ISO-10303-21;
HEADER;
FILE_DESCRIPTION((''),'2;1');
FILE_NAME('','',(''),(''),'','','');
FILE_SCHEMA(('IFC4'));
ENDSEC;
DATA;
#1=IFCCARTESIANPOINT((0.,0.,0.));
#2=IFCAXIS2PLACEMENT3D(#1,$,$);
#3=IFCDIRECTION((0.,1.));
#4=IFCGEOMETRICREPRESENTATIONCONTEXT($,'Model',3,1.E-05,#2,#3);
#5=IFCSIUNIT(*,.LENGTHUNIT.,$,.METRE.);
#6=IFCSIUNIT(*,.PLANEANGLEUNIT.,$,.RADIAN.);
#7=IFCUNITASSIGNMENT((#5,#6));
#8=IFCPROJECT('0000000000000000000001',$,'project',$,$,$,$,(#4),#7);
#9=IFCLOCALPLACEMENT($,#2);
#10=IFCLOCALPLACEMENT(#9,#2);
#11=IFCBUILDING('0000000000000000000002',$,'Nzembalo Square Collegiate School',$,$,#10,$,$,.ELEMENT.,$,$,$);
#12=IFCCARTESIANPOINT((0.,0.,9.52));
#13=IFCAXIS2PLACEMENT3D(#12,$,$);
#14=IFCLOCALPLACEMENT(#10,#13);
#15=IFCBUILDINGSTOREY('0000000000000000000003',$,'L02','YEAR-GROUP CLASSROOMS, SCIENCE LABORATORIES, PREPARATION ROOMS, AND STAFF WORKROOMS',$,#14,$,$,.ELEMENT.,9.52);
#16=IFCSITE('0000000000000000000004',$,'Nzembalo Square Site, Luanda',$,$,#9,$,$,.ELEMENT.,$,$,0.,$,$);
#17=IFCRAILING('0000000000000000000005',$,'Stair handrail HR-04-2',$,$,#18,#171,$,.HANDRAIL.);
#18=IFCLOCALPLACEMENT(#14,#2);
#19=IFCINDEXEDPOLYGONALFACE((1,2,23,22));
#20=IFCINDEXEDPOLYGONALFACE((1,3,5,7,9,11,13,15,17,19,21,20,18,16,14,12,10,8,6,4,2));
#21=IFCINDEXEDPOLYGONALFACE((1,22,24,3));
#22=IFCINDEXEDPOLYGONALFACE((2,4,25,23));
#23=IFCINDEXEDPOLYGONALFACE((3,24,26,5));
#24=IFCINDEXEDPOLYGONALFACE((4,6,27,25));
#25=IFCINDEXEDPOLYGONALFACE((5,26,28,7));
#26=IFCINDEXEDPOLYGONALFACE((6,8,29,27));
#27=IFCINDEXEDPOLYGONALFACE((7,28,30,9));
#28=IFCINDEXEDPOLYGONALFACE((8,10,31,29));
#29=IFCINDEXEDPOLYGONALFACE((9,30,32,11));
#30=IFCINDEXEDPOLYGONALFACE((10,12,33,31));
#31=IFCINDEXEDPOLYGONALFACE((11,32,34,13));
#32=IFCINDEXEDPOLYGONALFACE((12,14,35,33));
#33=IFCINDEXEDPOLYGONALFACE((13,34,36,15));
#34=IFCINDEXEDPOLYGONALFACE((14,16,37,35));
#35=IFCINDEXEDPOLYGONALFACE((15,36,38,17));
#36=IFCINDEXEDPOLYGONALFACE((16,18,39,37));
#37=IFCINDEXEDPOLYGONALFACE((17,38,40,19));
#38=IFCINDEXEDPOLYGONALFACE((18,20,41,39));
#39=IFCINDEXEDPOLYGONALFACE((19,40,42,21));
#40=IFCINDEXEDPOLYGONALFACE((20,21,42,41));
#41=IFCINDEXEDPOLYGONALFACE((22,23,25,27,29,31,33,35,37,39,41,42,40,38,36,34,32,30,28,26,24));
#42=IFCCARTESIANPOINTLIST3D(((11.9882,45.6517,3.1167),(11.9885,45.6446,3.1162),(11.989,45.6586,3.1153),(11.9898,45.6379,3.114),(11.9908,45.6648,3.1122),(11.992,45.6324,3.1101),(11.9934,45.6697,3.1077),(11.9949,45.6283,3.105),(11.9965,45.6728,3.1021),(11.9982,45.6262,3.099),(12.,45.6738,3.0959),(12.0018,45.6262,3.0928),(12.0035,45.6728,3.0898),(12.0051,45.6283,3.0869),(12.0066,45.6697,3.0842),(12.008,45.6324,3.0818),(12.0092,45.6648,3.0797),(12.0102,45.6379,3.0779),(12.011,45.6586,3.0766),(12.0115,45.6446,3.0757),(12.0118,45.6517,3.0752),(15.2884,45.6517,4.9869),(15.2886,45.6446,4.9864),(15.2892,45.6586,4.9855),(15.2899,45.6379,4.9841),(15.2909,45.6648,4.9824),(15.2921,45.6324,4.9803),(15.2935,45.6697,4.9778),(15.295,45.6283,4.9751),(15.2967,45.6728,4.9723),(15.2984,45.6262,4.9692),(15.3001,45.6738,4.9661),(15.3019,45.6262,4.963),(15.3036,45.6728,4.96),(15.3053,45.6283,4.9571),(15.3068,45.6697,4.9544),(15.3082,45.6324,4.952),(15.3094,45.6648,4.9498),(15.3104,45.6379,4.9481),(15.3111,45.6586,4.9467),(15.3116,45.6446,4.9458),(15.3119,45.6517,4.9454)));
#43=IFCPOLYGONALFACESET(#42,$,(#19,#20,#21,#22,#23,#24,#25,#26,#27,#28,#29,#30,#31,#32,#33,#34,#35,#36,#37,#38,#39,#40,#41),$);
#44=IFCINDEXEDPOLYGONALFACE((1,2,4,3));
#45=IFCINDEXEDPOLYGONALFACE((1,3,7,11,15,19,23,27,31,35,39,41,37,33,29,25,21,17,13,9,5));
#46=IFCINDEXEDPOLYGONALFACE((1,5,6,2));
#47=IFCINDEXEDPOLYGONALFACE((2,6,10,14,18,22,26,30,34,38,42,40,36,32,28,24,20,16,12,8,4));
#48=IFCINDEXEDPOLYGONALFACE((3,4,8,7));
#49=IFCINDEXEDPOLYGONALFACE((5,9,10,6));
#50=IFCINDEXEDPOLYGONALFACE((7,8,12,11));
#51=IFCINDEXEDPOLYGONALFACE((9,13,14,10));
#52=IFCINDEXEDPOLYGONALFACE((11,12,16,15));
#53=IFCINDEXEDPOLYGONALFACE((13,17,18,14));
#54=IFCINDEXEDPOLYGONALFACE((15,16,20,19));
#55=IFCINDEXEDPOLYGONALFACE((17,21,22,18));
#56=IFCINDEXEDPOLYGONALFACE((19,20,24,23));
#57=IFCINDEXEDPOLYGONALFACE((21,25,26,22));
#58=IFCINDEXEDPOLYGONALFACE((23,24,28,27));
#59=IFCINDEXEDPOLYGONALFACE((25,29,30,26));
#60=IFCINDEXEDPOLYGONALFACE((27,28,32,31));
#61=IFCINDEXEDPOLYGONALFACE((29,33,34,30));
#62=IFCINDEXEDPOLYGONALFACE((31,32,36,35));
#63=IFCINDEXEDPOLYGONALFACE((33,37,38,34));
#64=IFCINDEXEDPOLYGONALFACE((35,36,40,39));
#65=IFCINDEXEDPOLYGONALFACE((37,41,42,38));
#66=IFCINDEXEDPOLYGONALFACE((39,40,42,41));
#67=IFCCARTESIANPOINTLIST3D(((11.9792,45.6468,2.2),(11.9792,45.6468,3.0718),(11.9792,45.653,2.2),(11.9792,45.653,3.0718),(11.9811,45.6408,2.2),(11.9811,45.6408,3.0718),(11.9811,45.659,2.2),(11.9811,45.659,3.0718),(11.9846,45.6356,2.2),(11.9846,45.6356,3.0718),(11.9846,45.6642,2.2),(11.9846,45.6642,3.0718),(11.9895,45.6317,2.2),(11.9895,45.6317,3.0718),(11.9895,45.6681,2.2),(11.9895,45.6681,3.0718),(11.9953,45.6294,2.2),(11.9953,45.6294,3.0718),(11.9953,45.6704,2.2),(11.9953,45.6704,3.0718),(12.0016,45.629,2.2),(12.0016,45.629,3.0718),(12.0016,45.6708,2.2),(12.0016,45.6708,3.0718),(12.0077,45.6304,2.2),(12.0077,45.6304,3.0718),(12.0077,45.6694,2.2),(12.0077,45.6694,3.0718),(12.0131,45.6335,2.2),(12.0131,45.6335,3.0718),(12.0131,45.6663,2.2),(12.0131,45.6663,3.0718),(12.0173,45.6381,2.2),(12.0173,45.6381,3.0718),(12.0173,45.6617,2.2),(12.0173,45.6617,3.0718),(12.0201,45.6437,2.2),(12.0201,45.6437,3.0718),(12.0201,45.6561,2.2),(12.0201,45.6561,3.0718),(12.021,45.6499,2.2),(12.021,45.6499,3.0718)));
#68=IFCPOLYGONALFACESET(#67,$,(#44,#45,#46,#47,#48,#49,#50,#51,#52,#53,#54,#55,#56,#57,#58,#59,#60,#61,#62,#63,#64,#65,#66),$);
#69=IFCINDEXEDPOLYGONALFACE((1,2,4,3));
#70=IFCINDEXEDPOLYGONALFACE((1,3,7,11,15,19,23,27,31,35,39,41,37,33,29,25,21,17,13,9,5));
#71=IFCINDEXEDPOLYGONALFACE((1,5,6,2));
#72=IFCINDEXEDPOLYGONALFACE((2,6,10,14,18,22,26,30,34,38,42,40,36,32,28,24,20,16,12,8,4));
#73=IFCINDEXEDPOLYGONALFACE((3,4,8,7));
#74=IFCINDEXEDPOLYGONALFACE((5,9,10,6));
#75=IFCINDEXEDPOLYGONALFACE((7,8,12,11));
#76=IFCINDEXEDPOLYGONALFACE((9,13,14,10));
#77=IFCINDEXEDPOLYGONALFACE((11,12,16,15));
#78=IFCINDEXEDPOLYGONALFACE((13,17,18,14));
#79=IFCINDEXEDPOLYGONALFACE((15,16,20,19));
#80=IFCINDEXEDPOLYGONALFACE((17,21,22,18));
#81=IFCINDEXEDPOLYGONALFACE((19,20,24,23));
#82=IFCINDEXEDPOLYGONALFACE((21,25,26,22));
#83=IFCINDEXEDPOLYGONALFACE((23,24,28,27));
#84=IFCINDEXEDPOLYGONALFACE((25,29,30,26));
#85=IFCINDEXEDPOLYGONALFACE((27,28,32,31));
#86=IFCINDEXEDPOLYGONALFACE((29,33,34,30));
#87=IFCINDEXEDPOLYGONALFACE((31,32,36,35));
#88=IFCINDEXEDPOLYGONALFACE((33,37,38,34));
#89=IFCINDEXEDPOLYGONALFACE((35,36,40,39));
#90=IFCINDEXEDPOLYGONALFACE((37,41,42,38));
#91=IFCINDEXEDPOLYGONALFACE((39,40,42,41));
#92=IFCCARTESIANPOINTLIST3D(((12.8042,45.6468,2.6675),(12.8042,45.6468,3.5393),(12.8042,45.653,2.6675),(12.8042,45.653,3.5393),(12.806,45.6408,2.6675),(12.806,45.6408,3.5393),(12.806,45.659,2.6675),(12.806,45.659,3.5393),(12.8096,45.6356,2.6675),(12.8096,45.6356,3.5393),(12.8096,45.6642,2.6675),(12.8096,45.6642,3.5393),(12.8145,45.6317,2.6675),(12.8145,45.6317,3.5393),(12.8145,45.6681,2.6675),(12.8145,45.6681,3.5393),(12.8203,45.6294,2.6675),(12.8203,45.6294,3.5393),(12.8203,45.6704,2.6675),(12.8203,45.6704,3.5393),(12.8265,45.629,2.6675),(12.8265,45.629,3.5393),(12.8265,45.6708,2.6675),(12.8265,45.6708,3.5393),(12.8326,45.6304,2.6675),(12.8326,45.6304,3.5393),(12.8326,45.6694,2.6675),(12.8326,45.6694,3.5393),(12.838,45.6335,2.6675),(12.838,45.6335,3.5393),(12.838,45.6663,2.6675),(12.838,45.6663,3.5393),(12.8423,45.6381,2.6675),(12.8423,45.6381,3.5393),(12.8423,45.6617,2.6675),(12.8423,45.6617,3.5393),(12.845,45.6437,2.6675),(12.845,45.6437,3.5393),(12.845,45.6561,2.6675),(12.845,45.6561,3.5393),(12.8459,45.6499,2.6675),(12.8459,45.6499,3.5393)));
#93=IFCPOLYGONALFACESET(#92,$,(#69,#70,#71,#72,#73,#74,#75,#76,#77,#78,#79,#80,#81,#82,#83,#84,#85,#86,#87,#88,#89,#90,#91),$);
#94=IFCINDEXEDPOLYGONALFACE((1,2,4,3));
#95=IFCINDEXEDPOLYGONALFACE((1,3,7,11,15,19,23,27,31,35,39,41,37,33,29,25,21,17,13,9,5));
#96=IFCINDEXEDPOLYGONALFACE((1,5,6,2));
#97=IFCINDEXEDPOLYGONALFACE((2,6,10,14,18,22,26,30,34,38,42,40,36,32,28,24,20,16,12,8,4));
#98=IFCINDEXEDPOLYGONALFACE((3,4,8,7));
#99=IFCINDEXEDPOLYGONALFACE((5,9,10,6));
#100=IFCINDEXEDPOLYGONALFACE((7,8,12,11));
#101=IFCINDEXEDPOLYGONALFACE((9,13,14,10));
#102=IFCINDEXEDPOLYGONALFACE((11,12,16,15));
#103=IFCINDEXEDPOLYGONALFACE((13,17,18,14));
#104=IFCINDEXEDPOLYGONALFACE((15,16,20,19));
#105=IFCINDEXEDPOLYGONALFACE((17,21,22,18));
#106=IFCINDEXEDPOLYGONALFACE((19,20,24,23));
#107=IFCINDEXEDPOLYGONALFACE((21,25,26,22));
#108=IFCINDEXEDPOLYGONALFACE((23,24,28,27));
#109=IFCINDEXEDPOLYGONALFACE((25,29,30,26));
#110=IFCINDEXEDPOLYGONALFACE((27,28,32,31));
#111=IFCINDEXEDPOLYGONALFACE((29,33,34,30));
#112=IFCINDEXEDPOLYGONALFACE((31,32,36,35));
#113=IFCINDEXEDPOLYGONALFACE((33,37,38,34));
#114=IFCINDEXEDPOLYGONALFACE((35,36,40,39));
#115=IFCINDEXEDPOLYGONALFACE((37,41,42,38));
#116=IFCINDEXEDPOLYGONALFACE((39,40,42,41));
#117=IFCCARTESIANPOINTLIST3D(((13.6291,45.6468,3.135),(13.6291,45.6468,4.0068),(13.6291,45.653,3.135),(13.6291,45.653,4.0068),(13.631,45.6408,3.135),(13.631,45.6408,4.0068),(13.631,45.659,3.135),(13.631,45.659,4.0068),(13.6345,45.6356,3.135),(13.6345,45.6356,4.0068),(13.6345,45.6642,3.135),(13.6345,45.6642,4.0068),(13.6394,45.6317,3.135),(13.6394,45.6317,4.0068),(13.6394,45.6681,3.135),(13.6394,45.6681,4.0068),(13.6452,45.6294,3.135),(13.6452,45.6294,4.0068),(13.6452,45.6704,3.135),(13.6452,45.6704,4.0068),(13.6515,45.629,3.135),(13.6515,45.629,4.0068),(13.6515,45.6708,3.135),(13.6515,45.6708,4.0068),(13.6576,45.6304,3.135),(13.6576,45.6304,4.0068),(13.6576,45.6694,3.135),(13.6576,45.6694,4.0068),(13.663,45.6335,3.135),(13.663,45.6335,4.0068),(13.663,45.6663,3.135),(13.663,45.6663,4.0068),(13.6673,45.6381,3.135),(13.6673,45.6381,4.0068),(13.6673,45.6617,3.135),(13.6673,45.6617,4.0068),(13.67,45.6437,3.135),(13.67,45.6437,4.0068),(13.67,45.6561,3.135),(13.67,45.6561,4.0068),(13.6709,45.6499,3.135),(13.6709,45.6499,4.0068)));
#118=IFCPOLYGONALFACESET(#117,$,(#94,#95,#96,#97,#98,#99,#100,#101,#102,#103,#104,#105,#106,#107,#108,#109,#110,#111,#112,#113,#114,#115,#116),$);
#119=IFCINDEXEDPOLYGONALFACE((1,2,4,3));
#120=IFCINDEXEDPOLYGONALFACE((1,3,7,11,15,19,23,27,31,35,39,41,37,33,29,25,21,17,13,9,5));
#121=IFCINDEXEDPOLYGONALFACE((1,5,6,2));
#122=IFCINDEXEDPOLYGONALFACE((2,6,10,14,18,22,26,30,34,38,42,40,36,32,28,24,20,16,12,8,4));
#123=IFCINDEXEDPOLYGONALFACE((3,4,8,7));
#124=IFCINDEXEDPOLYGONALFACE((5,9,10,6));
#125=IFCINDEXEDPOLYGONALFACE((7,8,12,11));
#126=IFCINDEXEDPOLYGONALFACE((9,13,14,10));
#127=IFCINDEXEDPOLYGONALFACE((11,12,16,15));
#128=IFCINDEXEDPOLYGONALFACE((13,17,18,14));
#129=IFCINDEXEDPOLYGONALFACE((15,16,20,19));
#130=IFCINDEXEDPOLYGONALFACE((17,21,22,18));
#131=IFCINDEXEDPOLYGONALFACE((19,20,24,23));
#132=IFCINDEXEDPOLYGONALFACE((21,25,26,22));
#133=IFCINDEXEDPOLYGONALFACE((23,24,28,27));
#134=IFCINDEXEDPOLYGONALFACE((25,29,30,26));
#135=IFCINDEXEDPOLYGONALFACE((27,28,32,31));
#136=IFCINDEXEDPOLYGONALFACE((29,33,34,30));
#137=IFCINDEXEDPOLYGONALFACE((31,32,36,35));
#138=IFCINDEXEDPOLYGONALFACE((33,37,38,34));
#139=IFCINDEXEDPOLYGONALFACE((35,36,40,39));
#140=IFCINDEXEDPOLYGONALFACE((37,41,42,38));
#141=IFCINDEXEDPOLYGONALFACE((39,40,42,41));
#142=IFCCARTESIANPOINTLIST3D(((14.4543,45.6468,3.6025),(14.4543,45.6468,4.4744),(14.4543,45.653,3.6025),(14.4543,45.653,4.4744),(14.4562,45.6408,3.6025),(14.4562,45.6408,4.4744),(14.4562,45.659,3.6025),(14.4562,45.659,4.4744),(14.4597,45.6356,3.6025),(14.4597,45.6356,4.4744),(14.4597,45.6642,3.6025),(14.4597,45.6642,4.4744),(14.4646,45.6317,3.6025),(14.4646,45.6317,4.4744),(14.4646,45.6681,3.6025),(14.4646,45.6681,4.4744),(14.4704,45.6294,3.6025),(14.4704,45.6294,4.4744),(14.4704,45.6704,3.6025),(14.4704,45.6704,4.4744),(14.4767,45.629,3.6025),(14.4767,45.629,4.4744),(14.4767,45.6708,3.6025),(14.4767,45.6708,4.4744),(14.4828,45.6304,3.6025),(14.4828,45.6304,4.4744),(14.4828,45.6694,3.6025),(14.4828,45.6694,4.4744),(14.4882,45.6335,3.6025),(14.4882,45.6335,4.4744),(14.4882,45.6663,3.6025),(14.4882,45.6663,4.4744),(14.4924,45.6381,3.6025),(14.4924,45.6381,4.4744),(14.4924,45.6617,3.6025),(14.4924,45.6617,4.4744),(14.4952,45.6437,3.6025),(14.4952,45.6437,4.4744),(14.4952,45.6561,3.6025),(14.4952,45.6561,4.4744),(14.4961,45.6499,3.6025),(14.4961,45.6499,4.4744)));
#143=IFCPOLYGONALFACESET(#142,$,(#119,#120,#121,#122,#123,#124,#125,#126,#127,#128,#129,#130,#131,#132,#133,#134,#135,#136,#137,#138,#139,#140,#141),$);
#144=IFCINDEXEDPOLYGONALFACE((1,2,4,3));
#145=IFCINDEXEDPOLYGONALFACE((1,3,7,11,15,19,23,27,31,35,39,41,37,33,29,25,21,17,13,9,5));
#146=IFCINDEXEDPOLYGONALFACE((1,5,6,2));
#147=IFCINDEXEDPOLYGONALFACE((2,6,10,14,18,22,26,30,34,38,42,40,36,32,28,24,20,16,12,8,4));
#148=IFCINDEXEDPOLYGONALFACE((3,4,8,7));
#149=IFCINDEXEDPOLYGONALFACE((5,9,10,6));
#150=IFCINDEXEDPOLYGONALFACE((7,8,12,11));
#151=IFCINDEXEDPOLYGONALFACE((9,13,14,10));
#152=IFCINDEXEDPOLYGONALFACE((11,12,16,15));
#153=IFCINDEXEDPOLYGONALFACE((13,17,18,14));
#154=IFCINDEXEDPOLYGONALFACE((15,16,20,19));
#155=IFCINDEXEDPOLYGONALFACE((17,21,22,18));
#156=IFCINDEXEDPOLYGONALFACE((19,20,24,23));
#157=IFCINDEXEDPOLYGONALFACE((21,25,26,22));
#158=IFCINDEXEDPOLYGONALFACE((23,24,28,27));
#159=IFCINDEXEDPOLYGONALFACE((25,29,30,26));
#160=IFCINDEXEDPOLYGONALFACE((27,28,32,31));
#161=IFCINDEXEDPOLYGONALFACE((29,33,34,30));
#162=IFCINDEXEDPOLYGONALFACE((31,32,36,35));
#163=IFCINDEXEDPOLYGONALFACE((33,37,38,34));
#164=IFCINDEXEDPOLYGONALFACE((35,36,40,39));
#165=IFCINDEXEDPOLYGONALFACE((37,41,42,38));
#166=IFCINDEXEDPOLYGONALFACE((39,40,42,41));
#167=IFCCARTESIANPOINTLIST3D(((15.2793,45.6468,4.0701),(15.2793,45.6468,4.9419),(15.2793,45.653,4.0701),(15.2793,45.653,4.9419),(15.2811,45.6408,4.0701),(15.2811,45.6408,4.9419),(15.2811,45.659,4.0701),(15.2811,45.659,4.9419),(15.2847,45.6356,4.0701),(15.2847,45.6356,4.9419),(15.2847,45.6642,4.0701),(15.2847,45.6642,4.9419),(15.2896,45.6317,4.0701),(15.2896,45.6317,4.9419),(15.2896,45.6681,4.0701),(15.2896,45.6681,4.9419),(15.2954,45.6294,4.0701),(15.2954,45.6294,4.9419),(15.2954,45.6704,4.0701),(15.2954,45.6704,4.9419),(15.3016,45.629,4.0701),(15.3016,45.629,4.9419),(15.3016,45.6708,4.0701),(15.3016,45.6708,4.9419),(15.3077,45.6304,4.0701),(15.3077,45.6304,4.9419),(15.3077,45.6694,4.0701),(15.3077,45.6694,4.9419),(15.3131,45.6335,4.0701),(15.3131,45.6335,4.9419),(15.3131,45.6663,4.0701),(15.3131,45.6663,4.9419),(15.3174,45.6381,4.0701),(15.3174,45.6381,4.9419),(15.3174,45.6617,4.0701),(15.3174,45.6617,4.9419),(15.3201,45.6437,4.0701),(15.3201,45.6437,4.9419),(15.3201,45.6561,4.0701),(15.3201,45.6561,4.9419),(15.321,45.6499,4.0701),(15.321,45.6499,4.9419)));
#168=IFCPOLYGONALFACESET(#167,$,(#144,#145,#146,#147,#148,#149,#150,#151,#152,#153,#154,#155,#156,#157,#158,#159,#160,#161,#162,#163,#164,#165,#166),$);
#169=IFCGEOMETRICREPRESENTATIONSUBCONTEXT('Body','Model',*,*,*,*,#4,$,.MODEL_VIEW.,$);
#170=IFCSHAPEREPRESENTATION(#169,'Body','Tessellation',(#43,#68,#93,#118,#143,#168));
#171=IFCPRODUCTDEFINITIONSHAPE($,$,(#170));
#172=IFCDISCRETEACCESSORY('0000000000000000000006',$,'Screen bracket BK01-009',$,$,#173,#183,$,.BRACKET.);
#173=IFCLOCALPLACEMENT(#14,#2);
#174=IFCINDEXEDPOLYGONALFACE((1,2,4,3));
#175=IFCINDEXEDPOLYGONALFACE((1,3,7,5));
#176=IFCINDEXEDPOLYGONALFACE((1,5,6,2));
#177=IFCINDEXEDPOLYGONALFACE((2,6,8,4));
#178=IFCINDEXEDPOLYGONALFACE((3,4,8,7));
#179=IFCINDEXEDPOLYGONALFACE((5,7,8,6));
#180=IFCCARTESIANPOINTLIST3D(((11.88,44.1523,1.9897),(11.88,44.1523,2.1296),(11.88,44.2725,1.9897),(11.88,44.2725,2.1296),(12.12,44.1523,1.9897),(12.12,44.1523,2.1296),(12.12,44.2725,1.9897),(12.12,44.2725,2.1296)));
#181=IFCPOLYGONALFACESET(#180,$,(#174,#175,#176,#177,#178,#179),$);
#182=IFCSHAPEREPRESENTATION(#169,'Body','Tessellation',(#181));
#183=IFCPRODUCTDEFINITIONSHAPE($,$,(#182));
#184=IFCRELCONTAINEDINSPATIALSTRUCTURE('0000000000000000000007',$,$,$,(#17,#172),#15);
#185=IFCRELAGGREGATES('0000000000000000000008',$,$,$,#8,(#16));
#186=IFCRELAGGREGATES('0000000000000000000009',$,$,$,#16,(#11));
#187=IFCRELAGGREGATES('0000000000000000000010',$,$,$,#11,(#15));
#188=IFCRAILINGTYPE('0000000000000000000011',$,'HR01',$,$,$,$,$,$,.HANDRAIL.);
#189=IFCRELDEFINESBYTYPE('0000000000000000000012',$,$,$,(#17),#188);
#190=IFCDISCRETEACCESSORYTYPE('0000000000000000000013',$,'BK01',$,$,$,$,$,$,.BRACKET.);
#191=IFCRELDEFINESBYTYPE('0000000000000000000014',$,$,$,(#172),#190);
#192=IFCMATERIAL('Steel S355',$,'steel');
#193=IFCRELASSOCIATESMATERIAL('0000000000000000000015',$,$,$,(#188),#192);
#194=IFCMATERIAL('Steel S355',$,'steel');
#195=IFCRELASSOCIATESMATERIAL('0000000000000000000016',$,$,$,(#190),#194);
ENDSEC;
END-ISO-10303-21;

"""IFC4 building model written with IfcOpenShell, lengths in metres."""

from ifc_helpers import new_model, si_unit, direction, frame, origin, origin_2d, place, context, subcontext, project, spatial, rectangle, circle, extrude, material, type_object, element, save


model = new_model("IFC4")

# Units and contexts
model_context = context("Model", 3, precision=1e-05, world=origin(), true_north=direction((0.0, 1.0)))
body_context = subcontext(model_context, "Body", "Model", "MODEL_VIEW")
ifc_project = project(units=[si_unit("LENGTHUNIT", "METRE"), si_unit("PLANEANGLEUNIT", "RADIAN")], contexts=[model_context])

# Site, building, storey
site_placement = place(None, origin())
site = spatial("IfcSite", under=ifc_project, at=site_placement, Name="Nzembalo Square Site, Luanda", CompositionType="ELEMENT", RefElevation=0.0)
building_placement = place(site_placement, origin())
building = spatial("IfcBuilding", under=site, at=building_placement, Name="Nzembalo Square Collegiate School", CompositionType="ELEMENT")
storey_placement = place(building_placement, frame((0.0, 0.0, 9.52)))
storey = spatial("IfcBuildingStorey", under=building, at=storey_placement, Name="L02", Description="YEAR-GROUP CLASSROOMS, SCIENCE LABORATORIES, PREPARATION ROOMS, AND STAFF WORKROOMS", CompositionType="ELEMENT", Elevation=9.52)

# Railing
ifc_material_1 = material(Name="Steel S355", Category="steel")
railing_type_1 = type_object("IfcRailingType", Name="HR01", PredefinedType="HANDRAIL", material=ifc_material_1)
railing_1_placement = place(storey_placement, frame((12.0, 45.6499, 2.2)))
element("IfcRailing", 1, at=railing_1_placement, inside=storey, type_object=railing_type_1, Name="Stair handrail HR-04-2", PredefinedType="HANDRAIL", context=body_context, shape_type="SweptSolid", body=[
    extrude(circle(Radius=0.0239, at=origin_2d()), frame((0.0, 0.0, 0.896), z_axis=(0.870012, 0.0, 0.49303), x_axis=(0.0, 1.0, 0.0)), (0.0, 0.0, 1.0), 3.7932),
    extrude(circle(Radius=0.021, at=origin_2d()), origin(), (0.0, 0.0, 1.0), 0.8718),
    extrude(circle(Radius=0.021, at=origin_2d()), frame((0.825, 0.0, 0.4675)), (0.0, 0.0, 1.0), 0.8718),
    extrude(circle(Radius=0.021, at=origin_2d()), frame((1.6499, 0.0, 0.9351)), (0.0, 0.0, 1.0), 0.8718),
    extrude(circle(Radius=0.021, at=origin_2d()), frame((2.4751, 0.0, 1.4026)), (0.0, 0.0, 1.0), 0.8718),
    extrude(circle(Radius=0.021, at=origin_2d()), frame((3.3, 0.0, 1.8701)), (0.0, 0.0, 1.0), 0.8718),
])

# Discrete accessory
ifc_material_2 = material(Name="Steel S355", Category="steel")
discrete_accessory_type = type_object("IfcDiscreteAccessoryType", Name="BK01", PredefinedType="BRACKET", material=ifc_material_2)
discrete_accessory_placement = place(storey_placement, frame((12.0, 44.2124, 1.9897), z_axis=(0.0, 0.0, 1.0), x_axis=(1.0, 0.0, 0.0)))
element("IfcDiscreteAccessory", 2, at=discrete_accessory_placement, inside=storey, type_object=discrete_accessory_type, Name="Screen bracket BK01-009", PredefinedType="BRACKET", context=body_context, shape_type="SweptSolid", body=[
    extrude(rectangle(XDim=0.24, YDim=0.1201, at=origin_2d()), origin(), (0.0, 0.0, 1.0), 0.1399),
])

save(model, "model.ifc")
